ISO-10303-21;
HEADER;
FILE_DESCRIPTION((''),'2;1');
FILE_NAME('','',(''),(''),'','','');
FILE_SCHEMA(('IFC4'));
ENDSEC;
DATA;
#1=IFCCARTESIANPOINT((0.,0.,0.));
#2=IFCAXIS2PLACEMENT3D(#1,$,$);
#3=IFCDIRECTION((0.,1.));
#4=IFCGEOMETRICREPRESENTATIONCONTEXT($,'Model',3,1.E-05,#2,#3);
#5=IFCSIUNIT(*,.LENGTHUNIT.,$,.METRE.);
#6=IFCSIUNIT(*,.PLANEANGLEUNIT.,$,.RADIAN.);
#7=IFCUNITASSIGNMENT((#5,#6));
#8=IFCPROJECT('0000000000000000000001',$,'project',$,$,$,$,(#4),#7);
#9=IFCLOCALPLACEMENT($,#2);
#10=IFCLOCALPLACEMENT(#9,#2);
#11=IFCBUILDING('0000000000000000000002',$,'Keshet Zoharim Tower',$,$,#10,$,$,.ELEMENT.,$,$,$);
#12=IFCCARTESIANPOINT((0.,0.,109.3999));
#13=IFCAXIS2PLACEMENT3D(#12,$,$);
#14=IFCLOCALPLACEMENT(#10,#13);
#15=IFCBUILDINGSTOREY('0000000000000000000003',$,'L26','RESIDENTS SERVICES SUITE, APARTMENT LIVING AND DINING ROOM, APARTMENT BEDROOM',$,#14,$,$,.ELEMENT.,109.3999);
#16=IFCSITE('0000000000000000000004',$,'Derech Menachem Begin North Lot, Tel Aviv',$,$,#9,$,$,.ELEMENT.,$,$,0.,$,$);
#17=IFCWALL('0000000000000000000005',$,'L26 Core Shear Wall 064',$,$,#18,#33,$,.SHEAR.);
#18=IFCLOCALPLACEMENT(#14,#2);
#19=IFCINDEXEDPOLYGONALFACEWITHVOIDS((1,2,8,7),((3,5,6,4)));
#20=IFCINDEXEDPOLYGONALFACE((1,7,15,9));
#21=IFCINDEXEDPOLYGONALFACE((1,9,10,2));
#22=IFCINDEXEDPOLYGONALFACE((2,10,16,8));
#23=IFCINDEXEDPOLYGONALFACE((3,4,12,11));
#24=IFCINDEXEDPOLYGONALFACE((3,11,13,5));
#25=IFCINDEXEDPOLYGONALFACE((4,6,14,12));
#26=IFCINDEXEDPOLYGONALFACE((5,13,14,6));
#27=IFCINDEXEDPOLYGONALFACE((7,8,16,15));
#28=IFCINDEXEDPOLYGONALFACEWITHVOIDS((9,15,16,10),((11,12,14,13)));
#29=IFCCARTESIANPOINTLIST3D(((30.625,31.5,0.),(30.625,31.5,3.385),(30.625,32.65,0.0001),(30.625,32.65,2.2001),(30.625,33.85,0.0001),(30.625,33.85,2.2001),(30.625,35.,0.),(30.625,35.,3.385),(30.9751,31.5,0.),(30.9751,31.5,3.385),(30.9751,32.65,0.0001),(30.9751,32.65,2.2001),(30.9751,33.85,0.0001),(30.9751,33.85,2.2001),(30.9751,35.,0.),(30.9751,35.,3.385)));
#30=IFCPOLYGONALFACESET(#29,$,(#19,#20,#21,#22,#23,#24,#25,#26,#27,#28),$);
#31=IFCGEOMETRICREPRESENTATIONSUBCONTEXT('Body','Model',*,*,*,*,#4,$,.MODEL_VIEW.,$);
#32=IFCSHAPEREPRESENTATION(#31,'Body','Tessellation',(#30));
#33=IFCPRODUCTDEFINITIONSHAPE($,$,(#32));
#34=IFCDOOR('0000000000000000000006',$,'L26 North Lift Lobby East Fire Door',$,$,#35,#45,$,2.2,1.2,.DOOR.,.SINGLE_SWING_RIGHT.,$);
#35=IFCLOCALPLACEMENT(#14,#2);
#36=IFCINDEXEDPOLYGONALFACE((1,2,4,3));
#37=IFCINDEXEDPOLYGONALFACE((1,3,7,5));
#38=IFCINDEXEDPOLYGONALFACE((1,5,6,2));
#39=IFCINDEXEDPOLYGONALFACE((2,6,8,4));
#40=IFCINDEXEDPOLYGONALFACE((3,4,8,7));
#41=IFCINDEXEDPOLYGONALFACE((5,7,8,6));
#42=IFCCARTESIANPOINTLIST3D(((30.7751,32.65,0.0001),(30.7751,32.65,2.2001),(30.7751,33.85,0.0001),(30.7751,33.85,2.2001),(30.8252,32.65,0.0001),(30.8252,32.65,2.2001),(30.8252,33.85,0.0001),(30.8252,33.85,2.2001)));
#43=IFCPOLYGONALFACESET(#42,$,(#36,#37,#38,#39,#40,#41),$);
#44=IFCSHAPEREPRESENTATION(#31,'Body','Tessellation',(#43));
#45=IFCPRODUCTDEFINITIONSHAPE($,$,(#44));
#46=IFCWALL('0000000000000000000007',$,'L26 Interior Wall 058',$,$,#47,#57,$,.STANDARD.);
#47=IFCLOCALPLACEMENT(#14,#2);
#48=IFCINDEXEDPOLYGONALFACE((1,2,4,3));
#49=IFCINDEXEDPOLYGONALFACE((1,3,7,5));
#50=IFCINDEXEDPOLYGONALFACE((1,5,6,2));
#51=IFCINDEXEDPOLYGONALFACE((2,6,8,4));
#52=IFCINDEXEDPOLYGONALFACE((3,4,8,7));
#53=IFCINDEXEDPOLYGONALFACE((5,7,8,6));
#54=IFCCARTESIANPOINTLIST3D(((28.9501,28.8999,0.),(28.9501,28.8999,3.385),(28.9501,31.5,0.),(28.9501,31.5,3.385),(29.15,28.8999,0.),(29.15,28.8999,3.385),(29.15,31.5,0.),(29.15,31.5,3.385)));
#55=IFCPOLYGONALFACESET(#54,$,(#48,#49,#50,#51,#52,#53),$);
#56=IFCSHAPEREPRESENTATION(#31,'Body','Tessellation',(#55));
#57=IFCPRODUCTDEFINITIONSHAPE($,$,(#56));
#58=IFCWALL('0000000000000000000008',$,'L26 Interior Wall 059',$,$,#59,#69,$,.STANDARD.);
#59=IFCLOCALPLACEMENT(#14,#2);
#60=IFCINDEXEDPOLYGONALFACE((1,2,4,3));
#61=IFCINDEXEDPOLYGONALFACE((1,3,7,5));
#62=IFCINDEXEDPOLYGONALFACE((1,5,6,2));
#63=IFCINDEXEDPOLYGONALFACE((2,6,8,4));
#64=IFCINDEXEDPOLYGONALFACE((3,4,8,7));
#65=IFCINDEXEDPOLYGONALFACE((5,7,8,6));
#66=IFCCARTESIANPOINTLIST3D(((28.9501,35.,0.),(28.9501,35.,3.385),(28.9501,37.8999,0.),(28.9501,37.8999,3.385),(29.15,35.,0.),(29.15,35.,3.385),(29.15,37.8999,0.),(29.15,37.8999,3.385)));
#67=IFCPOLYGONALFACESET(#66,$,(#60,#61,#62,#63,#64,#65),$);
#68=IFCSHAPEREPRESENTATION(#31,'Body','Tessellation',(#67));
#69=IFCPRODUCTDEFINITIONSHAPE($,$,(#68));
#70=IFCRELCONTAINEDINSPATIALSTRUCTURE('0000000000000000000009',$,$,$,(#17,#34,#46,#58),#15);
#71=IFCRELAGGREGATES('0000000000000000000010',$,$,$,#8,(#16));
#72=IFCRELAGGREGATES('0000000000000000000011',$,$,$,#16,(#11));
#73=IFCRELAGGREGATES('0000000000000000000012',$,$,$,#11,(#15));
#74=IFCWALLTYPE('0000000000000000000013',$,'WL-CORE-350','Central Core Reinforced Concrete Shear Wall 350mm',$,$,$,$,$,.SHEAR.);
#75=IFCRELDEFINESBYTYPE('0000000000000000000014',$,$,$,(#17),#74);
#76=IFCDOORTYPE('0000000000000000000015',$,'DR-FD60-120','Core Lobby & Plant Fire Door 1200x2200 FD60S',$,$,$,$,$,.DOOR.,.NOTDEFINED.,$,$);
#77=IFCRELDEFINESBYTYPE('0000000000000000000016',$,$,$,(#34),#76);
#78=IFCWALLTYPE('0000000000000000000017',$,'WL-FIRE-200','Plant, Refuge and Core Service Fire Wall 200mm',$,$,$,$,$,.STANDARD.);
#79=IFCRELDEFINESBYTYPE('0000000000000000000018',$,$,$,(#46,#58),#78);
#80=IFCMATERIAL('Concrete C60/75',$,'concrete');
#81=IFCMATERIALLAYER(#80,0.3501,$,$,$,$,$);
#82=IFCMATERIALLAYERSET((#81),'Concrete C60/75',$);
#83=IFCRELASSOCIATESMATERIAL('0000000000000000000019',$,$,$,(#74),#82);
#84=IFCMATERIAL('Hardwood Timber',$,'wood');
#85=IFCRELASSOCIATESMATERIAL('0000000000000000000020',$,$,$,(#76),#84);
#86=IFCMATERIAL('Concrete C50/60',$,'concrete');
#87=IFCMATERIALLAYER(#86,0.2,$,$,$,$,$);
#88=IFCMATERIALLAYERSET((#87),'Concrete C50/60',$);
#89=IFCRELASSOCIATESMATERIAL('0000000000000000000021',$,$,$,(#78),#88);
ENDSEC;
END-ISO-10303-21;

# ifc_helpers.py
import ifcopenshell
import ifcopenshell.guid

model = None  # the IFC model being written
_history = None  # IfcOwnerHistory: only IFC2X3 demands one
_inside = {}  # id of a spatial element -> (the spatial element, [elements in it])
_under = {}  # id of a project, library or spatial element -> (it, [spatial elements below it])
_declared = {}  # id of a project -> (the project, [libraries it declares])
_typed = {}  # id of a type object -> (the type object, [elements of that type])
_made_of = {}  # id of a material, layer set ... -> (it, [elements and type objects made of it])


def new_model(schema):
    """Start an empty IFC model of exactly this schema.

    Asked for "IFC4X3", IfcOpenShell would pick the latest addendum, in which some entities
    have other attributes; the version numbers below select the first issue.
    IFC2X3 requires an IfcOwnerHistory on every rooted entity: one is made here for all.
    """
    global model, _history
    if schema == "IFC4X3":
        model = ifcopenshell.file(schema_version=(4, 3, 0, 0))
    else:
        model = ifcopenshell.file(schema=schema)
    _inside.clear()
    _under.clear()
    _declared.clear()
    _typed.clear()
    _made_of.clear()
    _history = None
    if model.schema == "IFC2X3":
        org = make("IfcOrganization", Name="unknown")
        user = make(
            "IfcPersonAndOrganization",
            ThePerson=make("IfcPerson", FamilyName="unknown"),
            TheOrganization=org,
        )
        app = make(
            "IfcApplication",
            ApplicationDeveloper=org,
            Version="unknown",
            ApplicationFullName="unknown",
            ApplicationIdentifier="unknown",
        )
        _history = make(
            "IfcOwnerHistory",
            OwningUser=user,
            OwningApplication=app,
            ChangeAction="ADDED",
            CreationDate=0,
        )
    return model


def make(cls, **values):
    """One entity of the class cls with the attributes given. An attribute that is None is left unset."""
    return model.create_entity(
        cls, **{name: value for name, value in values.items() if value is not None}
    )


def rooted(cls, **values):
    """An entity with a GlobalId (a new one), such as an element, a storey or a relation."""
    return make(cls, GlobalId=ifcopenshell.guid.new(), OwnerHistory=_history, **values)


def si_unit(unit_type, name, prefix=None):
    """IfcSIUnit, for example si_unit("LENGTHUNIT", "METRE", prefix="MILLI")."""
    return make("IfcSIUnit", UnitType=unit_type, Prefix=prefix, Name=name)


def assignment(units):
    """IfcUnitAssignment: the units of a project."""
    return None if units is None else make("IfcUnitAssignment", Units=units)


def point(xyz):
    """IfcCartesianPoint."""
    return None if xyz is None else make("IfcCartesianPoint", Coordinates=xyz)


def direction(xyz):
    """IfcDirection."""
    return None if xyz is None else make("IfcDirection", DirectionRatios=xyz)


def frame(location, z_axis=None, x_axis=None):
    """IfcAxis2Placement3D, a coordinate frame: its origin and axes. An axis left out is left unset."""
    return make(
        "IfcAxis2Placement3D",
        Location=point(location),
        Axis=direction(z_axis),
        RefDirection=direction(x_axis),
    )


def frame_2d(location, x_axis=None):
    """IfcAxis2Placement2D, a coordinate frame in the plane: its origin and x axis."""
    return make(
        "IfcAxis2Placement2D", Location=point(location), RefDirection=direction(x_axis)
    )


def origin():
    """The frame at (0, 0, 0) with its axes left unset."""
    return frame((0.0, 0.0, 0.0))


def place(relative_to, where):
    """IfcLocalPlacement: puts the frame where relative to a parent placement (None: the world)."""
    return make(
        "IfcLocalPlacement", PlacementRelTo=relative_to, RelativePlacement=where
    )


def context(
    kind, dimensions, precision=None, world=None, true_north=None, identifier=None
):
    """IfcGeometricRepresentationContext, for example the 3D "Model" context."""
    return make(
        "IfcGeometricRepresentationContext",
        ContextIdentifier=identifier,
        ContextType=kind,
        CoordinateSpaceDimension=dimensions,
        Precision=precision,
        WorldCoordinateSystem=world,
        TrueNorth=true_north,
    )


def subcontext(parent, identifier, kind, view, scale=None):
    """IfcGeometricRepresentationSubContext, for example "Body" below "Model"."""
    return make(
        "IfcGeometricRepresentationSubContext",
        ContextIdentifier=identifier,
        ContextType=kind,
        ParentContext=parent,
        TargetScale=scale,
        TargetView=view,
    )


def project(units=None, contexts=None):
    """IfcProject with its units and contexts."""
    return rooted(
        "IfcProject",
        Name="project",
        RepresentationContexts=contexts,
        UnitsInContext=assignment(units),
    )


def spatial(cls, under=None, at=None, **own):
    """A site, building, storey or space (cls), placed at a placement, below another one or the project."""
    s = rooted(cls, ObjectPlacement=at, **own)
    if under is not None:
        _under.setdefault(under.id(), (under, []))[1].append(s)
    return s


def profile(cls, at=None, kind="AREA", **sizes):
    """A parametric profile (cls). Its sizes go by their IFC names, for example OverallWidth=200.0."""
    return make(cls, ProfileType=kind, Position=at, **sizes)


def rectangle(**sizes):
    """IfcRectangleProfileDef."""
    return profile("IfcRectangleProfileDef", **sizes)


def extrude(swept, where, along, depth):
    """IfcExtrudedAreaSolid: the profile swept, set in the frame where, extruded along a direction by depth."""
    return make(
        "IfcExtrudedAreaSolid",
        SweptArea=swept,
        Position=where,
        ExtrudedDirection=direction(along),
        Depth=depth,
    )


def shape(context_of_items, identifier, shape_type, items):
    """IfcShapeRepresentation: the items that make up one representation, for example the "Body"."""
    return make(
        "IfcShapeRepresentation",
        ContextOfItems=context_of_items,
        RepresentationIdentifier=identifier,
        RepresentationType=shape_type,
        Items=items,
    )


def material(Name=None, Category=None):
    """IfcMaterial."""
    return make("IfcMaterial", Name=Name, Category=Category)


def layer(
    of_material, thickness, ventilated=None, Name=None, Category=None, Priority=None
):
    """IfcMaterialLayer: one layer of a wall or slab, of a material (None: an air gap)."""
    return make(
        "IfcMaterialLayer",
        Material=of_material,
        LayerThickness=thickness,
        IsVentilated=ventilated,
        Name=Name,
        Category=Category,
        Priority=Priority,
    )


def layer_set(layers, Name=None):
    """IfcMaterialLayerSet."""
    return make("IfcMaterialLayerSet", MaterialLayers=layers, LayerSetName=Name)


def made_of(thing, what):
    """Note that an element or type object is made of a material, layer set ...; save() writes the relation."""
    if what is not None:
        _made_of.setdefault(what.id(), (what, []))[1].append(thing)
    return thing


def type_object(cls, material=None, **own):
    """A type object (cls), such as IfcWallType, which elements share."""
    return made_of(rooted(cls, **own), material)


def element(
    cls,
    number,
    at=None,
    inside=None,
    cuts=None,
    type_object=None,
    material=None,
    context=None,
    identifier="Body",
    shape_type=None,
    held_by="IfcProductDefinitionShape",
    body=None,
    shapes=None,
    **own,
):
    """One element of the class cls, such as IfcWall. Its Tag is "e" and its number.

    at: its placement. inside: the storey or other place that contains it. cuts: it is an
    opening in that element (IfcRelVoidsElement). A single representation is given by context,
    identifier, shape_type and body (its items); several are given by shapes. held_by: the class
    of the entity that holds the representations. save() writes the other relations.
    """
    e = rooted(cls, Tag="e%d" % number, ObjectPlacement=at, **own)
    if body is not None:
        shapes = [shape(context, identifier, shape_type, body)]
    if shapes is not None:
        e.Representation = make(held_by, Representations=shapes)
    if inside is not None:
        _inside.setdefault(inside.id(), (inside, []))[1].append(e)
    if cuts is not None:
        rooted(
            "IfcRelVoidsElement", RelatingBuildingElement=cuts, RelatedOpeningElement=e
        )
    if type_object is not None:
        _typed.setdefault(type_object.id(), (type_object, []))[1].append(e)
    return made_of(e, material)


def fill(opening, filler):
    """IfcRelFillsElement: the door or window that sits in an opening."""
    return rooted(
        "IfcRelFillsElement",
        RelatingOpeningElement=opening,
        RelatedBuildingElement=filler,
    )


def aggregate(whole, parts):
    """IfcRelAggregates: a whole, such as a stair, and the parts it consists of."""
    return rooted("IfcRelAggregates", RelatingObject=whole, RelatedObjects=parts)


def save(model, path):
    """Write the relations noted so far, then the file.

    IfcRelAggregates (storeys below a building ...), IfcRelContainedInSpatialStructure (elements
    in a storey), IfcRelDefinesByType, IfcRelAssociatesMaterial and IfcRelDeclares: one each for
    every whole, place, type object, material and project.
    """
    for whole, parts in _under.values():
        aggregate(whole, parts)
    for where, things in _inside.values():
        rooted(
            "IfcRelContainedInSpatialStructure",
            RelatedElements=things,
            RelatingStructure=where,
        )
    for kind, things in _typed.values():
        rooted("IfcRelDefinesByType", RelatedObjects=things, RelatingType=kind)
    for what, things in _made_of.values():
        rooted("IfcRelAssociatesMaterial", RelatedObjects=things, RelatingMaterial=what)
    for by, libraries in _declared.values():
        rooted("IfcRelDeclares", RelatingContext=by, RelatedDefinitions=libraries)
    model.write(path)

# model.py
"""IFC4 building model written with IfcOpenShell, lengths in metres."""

from ifc_helpers import new_model, si_unit, direction, frame, frame_2d, origin, place, context, subcontext, project, spatial, rectangle, extrude, material, layer, layer_set, type_object, element, fill, save


model = new_model("IFC4")

# Units and contexts
model_context = context("Model", 3, precision=1e-05, world=origin(), true_north=direction((0.0, 1.0)))
body_context = subcontext(model_context, "Body", "Model", "MODEL_VIEW")
ifc_project = project(units=[si_unit("LENGTHUNIT", "METRE"), si_unit("PLANEANGLEUNIT", "RADIAN")], contexts=[model_context])

# Site, building, storey
site_placement = place(None, origin())
site = spatial("IfcSite", under=ifc_project, at=site_placement, Name="Derech Menachem Begin North Lot, Tel Aviv", CompositionType="ELEMENT", RefElevation=0.0)
building_placement = place(site_placement, origin())
building = spatial("IfcBuilding", under=site, at=building_placement, Name="Keshet Zoharim Tower", CompositionType="ELEMENT")
storey_placement = place(building_placement, frame((0.0, 0.0, 109.3999)))
storey = spatial("IfcBuildingStorey", under=building, at=storey_placement, Name="L26", Description="RESIDENTS SERVICES SUITE, APARTMENT LIVING AND DINING ROOM, APARTMENT BEDROOM", CompositionType="ELEMENT", Elevation=109.3999)

# Shared definitions
ifc_material_1 = material(Name="Concrete C60/75", Category="concrete")

# Shared definitions
ifc_material_2 = material(Name="Hardwood Timber", Category="wood")

# Shared definitions
ifc_layer_1 = layer(ifc_material_1, 0.3501)
ifc_layer_set_1 = layer_set([ifc_layer_1], Name="Concrete C60/75")
wall_type_1 = type_object("IfcWallType", Name="WL-CORE-350", Description="Central Core Reinforced Concrete Shear Wall 350mm", PredefinedType="SHEAR", material=ifc_layer_set_1)
door_type_1 = type_object("IfcDoorType", Name="DR-FD60-120", Description="Core Lobby & Plant Fire Door 1200x2200 FD60S", OperationType="NOTDEFINED", PredefinedType="DOOR", material=ifc_material_2)

# Wall, opening, door
wall_1_placement = place(storey_placement, frame((30.8, 31.5, 0.0), z_axis=(0.0, 0.0, 1.0), x_axis=(0.0, 1.0, 0.0)))
wall_1 = element("IfcWall", 1, at=wall_1_placement, inside=storey, type_object=wall_type_1, Name="L26 Core Shear Wall 064", PredefinedType="SHEAR", context=body_context, shape_type="SweptSolid", body=[
    extrude(rectangle(XDim=3.5, YDim=0.3501, at=frame_2d((1.75, 0.0))), origin(), (0.0, 0.0, 1.0), 3.385),
])
opening_1_placement = place(wall_1_placement, frame((1.1499, 0.0, 0.0)))
opening_1 = element("IfcOpeningElement", 2, at=opening_1_placement, cuts=wall_1, PredefinedType="OPENING", context=body_context, shape_type="SweptSolid", body=[
    extrude(rectangle(XDim=1.2, YDim=2.2, at=frame_2d((0.6001, 1.1001))), frame((0.0, 0.1851, 0.0), z_axis=(0.0, -1.0, 0.0), x_axis=(1.0, 0.0, 0.0)), (0.0, 0.0, 1.0), 0.3701),
])
door_1_placement = place(opening_1_placement, origin())
door_1 = element("IfcDoor", 3, at=door_1_placement, inside=storey, type_object=door_type_1, Name="L26 North Lift Lobby East Fire Door", OperationType="SINGLE_SWING_RIGHT", OverallHeight=2.2, OverallWidth=1.2, PredefinedType="DOOR", context=body_context, shape_type="SweptSolid", body=[
    extrude(rectangle(XDim=1.2, YDim=2.2, at=frame_2d((0.6001, 1.1001))), frame((0.0, 0.0249, 0.0), z_axis=(0.0, -1.0, 0.0), x_axis=(1.0, 0.0, 0.0)), (0.0, 0.0, 1.0), 0.05),
])
fill(opening_1, door_1)

# Walls
ifc_material_3 = material(Name="Concrete C50/60", Category="concrete")
ifc_layer_2 = layer(ifc_material_3, 0.2)
ifc_layer_set_2 = layer_set([ifc_layer_2], Name="Concrete C50/60")
wall_type_2 = type_object("IfcWallType", Name="WL-FIRE-200", Description="Plant, Refuge and Core Service Fire Wall 200mm", PredefinedType="STANDARD", material=ifc_layer_set_2)
wall_2_placement = place(storey_placement, frame((29.05, 28.8999, 0.0), z_axis=(0.0, 0.0, 1.0), x_axis=(0.0, 1.0, 0.0)))
element("IfcWall", 4, at=wall_2_placement, inside=storey, type_object=wall_type_2, Name="L26 Interior Wall 058", PredefinedType="STANDARD", context=body_context, shape_type="SweptSolid", body=[
    extrude(rectangle(XDim=2.6001, YDim=0.2, at=frame_2d((1.3, 0.0))), origin(), (0.0, 0.0, 1.0), 3.385),
])
wall_3_placement = place(storey_placement, frame((29.05, 35.0, 0.0), z_axis=(0.0, 0.0, 1.0), x_axis=(0.0, 1.0, 0.0)))
element("IfcWall", 5, at=wall_3_placement, inside=storey, type_object=wall_type_2, Name="L26 Interior Wall 059", PredefinedType="STANDARD", context=body_context, shape_type="SweptSolid", body=[
    extrude(rectangle(XDim=2.8999, YDim=0.2, at=frame_2d((1.45, 0.0))), origin(), (0.0, 0.0, 1.0), 3.385),
])

save(model, "model.ifc")
